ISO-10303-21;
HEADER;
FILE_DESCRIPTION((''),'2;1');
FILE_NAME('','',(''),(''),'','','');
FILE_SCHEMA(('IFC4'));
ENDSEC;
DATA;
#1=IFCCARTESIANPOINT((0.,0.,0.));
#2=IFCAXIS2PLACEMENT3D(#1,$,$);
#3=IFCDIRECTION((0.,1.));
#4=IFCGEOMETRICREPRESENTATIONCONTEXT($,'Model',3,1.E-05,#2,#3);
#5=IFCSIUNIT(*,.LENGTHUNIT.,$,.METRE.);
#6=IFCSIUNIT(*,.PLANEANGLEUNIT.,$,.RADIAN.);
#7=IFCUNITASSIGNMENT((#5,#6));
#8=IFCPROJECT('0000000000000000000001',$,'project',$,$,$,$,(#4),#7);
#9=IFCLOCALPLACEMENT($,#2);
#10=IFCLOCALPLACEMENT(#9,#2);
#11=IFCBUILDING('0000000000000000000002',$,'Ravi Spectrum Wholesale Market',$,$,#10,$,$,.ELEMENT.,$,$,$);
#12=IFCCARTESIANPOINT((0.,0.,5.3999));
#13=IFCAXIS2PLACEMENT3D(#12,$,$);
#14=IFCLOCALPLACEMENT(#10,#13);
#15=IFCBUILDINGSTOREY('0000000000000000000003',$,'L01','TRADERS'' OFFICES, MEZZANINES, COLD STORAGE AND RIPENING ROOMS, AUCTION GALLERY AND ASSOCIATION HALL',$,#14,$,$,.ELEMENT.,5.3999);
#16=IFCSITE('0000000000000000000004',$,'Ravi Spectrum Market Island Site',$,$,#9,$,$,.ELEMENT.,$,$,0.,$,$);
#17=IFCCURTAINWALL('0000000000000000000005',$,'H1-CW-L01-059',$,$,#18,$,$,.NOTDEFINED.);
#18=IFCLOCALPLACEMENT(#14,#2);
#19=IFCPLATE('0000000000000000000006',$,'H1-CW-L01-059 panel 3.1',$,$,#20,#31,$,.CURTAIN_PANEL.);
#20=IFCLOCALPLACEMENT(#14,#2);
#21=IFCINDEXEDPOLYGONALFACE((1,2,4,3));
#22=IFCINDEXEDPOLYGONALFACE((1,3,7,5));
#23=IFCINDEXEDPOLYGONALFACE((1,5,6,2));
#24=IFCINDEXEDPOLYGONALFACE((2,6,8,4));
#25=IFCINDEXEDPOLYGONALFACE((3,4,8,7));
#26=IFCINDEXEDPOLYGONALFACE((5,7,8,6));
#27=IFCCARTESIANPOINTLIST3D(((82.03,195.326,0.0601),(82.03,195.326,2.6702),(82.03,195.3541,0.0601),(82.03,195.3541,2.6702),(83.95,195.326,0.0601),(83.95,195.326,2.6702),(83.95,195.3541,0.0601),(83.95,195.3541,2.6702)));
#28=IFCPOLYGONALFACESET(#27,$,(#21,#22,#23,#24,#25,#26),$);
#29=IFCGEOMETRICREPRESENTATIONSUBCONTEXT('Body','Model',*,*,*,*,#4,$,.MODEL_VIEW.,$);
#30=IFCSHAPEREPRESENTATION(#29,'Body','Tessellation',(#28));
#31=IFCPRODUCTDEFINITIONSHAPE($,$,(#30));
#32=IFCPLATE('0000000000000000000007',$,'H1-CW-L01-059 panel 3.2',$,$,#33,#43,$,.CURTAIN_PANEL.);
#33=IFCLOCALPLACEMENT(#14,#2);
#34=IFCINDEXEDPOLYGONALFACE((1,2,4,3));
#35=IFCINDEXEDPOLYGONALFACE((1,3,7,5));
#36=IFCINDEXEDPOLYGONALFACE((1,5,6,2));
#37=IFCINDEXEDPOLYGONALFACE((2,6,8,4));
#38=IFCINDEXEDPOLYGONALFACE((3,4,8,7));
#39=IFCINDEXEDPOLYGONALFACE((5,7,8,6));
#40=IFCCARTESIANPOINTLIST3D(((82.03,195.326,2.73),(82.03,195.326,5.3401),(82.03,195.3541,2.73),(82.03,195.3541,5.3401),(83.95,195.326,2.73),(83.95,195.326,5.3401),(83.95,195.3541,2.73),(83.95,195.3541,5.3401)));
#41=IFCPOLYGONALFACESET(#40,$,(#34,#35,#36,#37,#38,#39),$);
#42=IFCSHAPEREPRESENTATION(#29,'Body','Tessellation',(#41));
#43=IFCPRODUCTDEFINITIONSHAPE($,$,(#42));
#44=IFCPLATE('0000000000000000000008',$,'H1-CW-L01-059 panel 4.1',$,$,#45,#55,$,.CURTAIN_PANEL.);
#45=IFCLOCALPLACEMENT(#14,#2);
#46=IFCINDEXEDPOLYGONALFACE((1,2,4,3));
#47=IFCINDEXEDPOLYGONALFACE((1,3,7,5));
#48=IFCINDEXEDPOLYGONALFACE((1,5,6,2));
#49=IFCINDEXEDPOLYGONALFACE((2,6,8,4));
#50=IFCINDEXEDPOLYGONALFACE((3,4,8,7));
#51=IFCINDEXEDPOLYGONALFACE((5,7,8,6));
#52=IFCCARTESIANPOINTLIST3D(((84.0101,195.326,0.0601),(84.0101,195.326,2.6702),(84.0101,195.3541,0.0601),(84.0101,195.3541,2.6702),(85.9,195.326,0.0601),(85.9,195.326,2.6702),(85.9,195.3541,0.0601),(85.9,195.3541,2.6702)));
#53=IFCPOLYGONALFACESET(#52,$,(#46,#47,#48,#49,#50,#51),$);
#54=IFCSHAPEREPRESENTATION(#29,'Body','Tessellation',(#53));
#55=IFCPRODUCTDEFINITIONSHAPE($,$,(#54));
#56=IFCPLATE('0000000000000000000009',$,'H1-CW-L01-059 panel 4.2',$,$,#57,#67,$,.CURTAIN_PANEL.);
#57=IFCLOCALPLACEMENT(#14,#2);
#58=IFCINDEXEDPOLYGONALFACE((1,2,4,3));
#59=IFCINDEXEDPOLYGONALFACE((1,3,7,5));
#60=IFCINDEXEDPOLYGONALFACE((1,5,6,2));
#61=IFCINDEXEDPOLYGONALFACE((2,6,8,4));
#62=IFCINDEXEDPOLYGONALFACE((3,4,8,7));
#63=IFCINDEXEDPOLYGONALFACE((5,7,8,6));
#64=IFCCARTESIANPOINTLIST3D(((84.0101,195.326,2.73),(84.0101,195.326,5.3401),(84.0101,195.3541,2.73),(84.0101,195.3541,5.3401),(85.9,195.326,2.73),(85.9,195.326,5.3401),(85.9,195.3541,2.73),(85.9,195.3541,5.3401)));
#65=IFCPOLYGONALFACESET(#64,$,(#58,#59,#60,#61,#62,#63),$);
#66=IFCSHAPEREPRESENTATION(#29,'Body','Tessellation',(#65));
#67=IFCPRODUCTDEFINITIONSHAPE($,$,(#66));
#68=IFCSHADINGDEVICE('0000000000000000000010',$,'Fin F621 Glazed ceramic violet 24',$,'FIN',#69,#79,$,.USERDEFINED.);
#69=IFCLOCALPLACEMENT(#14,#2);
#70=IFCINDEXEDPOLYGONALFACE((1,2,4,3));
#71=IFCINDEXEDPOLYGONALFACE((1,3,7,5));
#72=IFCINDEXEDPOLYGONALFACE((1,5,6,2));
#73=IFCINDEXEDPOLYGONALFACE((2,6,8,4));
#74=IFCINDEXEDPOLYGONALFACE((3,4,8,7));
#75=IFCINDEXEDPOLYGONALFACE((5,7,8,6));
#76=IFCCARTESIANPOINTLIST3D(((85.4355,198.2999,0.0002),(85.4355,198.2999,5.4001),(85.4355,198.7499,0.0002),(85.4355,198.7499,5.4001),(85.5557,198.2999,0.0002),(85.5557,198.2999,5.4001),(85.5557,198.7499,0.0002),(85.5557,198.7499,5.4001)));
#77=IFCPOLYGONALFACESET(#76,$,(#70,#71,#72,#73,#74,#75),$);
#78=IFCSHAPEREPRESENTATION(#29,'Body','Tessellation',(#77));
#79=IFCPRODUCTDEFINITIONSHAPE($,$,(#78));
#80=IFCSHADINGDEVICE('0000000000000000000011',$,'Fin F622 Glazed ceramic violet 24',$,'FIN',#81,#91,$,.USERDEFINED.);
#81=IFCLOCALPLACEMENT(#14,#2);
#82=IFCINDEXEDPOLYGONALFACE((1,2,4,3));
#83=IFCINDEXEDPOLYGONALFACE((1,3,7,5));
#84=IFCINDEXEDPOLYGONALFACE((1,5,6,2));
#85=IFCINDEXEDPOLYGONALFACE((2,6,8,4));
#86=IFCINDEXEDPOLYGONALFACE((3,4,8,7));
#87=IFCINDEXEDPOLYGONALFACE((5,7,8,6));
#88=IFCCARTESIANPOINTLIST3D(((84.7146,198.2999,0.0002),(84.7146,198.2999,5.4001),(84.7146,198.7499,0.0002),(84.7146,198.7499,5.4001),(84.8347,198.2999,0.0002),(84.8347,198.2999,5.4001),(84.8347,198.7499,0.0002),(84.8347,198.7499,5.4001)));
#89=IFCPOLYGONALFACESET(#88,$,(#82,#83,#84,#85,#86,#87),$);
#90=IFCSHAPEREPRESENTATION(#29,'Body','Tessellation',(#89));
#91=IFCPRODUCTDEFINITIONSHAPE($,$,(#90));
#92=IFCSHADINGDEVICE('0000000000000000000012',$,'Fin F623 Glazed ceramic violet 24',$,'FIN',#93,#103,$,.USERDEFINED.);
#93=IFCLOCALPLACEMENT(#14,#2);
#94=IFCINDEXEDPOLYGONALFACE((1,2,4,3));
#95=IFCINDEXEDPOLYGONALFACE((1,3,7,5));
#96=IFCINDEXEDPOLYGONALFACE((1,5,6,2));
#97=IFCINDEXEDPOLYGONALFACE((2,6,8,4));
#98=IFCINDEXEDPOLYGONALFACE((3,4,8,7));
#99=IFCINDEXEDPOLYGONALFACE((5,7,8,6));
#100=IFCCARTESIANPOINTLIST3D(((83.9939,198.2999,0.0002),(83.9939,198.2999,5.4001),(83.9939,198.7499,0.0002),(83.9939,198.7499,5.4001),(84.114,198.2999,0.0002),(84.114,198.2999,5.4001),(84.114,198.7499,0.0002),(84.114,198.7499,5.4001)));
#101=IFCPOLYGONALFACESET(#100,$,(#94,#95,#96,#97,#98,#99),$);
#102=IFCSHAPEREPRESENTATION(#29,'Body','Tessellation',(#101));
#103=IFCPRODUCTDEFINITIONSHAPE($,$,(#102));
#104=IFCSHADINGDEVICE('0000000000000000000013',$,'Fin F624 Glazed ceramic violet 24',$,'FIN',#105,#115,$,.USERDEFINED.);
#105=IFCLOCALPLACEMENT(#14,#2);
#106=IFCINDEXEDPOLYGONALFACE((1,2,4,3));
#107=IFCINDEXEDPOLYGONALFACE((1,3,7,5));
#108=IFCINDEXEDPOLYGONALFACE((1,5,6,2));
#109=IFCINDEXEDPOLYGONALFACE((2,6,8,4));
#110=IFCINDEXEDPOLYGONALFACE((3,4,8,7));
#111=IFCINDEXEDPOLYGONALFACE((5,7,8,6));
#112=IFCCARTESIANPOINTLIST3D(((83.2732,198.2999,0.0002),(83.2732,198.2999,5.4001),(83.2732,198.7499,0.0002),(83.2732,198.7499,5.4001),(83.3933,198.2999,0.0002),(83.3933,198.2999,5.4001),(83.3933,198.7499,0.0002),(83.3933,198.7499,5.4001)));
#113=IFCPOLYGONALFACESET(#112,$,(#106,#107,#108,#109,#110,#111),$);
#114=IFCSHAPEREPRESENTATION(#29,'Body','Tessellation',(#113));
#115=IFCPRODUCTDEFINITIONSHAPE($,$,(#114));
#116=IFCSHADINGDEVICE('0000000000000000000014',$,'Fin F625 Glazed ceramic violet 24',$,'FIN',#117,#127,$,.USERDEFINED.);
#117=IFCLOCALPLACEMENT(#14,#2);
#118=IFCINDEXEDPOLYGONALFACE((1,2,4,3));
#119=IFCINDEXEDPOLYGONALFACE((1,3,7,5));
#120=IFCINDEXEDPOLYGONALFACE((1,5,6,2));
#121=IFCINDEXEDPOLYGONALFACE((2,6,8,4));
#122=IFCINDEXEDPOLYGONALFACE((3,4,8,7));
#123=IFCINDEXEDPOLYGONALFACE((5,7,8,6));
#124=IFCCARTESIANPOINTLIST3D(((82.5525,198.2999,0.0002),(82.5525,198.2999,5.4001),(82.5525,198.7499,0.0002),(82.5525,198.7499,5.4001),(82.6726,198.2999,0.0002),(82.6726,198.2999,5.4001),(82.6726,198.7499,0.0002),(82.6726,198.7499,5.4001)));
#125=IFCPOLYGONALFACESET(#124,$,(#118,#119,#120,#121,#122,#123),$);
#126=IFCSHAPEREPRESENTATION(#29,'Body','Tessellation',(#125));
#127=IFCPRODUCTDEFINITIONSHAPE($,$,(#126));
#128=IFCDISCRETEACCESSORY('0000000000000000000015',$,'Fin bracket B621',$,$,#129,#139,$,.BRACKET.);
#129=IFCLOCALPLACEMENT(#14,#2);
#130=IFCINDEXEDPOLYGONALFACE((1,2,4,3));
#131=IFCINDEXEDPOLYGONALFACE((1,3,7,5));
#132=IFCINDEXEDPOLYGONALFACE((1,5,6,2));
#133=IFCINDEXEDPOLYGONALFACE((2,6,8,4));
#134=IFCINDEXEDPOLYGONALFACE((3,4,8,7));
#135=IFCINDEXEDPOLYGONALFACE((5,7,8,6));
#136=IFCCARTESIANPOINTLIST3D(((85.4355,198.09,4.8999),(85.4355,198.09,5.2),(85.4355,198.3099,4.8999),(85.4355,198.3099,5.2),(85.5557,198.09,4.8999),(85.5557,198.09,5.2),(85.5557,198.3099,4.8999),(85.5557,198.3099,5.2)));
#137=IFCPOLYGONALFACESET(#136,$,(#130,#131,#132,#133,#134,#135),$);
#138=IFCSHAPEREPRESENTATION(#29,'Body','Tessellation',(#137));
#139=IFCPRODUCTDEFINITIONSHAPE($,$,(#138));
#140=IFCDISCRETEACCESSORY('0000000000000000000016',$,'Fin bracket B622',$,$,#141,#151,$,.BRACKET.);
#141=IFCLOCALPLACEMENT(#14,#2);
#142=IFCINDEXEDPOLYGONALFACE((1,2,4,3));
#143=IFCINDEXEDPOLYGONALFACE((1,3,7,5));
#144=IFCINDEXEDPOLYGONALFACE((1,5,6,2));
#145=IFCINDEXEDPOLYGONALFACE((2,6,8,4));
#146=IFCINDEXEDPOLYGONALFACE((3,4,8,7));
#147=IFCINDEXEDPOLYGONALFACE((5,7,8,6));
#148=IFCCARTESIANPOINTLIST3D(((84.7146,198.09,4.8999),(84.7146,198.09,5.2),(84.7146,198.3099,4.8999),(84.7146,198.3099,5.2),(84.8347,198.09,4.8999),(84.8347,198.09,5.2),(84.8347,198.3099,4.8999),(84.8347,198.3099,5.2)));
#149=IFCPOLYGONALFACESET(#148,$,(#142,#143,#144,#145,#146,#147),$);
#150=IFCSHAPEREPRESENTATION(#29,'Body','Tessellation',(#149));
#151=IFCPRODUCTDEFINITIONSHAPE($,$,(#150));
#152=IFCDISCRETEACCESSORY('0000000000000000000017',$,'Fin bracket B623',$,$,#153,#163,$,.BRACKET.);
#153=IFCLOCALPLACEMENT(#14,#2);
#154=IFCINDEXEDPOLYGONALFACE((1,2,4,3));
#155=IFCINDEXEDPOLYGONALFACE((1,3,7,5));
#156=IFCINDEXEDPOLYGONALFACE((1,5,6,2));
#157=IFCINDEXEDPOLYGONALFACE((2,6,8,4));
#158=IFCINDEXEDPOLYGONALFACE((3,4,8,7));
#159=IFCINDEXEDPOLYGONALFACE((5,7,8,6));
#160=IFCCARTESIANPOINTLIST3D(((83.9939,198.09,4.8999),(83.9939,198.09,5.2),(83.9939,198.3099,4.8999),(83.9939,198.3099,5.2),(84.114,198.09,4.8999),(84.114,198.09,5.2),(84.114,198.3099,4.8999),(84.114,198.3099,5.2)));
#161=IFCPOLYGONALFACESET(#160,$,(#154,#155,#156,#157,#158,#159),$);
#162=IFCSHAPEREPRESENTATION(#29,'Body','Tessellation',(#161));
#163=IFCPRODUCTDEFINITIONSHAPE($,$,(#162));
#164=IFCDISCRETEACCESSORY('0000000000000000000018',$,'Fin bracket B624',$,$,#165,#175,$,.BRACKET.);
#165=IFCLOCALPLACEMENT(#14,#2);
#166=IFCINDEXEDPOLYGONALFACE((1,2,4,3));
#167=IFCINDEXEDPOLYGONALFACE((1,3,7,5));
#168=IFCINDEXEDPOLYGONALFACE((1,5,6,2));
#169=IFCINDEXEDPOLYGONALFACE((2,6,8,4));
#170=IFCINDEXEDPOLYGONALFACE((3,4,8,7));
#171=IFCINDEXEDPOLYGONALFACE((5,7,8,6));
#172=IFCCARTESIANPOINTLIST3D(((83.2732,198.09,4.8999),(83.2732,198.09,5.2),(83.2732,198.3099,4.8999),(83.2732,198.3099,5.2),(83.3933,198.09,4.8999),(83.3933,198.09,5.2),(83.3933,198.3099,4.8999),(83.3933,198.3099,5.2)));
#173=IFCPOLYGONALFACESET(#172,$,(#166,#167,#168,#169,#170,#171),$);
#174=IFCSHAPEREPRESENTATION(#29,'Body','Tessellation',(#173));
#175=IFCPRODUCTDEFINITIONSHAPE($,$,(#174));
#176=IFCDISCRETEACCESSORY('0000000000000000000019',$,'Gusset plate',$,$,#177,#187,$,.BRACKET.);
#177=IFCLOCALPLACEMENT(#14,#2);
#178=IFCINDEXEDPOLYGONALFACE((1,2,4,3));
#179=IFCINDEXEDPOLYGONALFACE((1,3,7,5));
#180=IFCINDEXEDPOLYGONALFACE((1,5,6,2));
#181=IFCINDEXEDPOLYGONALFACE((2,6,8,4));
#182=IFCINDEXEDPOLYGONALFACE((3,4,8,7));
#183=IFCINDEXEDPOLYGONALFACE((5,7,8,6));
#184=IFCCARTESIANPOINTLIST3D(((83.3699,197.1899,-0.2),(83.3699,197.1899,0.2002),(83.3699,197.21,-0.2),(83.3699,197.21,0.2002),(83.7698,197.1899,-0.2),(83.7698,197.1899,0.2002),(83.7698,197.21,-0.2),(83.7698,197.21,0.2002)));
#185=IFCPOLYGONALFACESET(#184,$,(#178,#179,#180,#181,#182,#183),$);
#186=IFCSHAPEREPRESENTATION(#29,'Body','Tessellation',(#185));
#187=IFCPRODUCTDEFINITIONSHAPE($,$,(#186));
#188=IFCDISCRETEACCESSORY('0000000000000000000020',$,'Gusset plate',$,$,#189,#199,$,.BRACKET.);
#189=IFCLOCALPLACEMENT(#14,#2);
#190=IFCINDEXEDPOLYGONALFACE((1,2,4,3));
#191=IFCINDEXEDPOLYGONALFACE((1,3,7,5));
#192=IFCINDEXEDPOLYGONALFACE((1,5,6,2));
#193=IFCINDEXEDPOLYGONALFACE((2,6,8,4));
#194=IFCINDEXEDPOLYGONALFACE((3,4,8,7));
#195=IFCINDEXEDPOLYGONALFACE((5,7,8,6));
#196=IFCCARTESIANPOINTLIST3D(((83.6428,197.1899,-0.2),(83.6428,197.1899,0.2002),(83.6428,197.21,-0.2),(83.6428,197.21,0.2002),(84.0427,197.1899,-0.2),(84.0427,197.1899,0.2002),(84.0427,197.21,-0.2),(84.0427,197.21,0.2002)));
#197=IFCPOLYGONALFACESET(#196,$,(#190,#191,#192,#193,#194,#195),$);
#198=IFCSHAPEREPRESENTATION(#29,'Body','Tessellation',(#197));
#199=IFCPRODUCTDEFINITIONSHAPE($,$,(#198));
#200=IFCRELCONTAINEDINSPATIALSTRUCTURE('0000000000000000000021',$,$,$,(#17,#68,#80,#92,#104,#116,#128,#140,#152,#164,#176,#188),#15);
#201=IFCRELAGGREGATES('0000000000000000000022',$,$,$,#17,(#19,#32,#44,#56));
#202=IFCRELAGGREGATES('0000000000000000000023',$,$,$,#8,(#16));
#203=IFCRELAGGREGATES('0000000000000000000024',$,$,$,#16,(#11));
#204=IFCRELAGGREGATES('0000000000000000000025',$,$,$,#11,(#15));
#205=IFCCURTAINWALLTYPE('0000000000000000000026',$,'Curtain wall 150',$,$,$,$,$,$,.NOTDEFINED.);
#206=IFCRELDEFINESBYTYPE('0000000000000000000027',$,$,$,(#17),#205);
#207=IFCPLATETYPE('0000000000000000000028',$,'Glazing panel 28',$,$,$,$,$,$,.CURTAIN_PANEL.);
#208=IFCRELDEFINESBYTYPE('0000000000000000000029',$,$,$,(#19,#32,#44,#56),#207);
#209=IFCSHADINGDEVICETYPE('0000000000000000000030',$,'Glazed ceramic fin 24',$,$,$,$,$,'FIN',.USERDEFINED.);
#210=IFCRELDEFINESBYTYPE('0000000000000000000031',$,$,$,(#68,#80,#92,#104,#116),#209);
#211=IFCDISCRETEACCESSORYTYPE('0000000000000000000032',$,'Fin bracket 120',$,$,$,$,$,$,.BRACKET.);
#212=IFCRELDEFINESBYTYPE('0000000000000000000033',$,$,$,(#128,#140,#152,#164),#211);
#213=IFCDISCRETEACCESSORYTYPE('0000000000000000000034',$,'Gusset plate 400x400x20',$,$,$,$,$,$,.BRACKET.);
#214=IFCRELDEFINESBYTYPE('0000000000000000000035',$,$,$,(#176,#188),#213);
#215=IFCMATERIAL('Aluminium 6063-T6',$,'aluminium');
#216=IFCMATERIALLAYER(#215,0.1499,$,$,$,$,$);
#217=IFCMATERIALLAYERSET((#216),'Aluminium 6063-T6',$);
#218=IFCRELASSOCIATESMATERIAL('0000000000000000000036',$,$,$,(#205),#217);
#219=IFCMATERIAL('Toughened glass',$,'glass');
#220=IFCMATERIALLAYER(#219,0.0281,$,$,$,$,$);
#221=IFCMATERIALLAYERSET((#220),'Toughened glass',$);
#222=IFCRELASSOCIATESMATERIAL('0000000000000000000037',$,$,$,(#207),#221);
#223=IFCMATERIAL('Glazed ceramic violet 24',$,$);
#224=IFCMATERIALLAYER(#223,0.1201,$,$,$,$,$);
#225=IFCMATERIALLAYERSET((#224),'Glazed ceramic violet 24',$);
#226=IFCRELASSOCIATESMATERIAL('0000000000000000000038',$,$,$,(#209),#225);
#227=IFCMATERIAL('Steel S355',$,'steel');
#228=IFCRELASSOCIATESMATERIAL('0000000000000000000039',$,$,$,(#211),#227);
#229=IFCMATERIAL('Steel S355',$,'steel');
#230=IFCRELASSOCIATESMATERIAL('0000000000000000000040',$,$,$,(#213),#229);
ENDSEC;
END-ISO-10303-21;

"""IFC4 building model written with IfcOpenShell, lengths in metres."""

from ifc_helpers import new_model, si_unit, direction, frame, origin, origin_2d, place, context, subcontext, project, spatial, rectangle, extrude, material, layer, layer_set, material_profile, profile_set, type_object, element, aggregate, save


model = new_model("IFC4")

# Units and contexts
model_context = context("Model", 3, precision=1e-05, world=origin(), true_north=direction((0.0, 1.0)))
body_context = subcontext(model_context, "Body", "Model", "MODEL_VIEW")
ifc_project = project(units=[si_unit("LENGTHUNIT", "METRE"), si_unit("PLANEANGLEUNIT", "RADIAN")], contexts=[model_context])

# Site, building, storey
site_placement = place(None, origin())
site = spatial("IfcSite", under=ifc_project, at=site_placement, Name="Ravi Spectrum Market Island Site", CompositionType="ELEMENT", RefElevation=0.0)
building_placement = place(site_placement, origin())
building = spatial("IfcBuilding", under=site, at=building_placement, Name="Ravi Spectrum Wholesale Market", CompositionType="ELEMENT")
storey_placement = place(building_placement, frame((0.0, 0.0, 5.3999)))
storey = spatial("IfcBuildingStorey", under=building, at=storey_placement, Name="L01", Description="TRADERS' OFFICES, MEZZANINES, COLD STORAGE AND RIPENING ROOMS, AUCTION GALLERY AND ASSOCIATION HALL", CompositionType="ELEMENT", Elevation=5.3999)

# Curtain wall
ifc_material_1 = material(Name="Aluminium 6063-T6", Category="aluminium")
ifc_layer_1 = layer(ifc_material_1, 0.1499)
ifc_layer_set_1 = layer_set([ifc_layer_1], Name="Aluminium 6063-T6")
curtain_wall_type = type_object("IfcCurtainWallType", Name="Curtain wall 150", PredefinedType="NOTDEFINED", material=ifc_layer_set_1)
curtain_wall_placement = place(storey_placement, origin())
curtain_wall = element("IfcCurtainWall", 1, at=curtain_wall_placement, inside=storey, type_object=curtain_wall_type, Name="H1-CW-L01-059", PredefinedType="NOTDEFINED")

# Plates
ifc_material_2 = material(Name="Toughened glass", Category="glass")
ifc_layer_2 = layer(ifc_material_2, 0.0281)
ifc_layer_set_2 = layer_set([ifc_layer_2], Name="Toughened glass")
plate_type = type_object("IfcPlateType", Name="Glazing panel 28", PredefinedType="CURTAIN_PANEL", material=ifc_layer_set_2)
plate_1_placement = place(storey_placement, frame((82.99, 195.3401, 0.0601), z_axis=(0.0, 0.0, 1.0), x_axis=(1.0, 0.0, 0.0)))
plate_1 = element("IfcPlate", 2, at=plate_1_placement, type_object=plate_type, Name="H1-CW-L01-059 panel 3.1", PredefinedType="CURTAIN_PANEL", context=body_context, shape_type="SweptSolid", body=[
    extrude(rectangle(XDim=1.9199, YDim=0.0281, at=origin_2d()), origin(), (0.0, 0.0, 1.0), 2.6101),
])
plate_2_placement = place(storey_placement, frame((82.99, 195.3401, 2.73), z_axis=(0.0, 0.0, 1.0), x_axis=(1.0, 0.0, 0.0)))
plate_2 = element("IfcPlate", 3, at=plate_2_placement, type_object=plate_type, Name="H1-CW-L01-059 panel 3.2", PredefinedType="CURTAIN_PANEL", context=body_context, shape_type="SweptSolid", body=[
    extrude(rectangle(XDim=1.9199, YDim=0.0281, at=origin_2d()), origin(), (0.0, 0.0, 1.0), 2.6101),
])
plate_3_placement = place(storey_placement, frame((84.9551, 195.3401, 0.0601), z_axis=(0.0, 0.0, 1.0), x_axis=(1.0, 0.0, 0.0)))
plate_3 = element("IfcPlate", 4, at=plate_3_placement, type_object=plate_type, Name="H1-CW-L01-059 panel 4.1", PredefinedType="CURTAIN_PANEL", context=body_context, shape_type="SweptSolid", body=[
    extrude(rectangle(XDim=1.8899, YDim=0.0281, at=origin_2d()), origin(), (0.0, 0.0, 1.0), 2.6101),
])
plate_4_placement = place(storey_placement, frame((84.9551, 195.3401, 2.73), z_axis=(0.0, 0.0, 1.0), x_axis=(1.0, 0.0, 0.0)))
plate_4 = element("IfcPlate", 5, at=plate_4_placement, type_object=plate_type, Name="H1-CW-L01-059 panel 4.2", PredefinedType="CURTAIN_PANEL", context=body_context, shape_type="SweptSolid", body=[
    extrude(rectangle(XDim=1.8899, YDim=0.0281, at=origin_2d()), origin(), (0.0, 0.0, 1.0), 2.6101),
])
aggregate(curtain_wall, [plate_1, plate_2, plate_3, plate_4])

# Shading devices
ifc_material_3 = material(Name="Glazed ceramic violet 24")
ifc_layer_3 = layer(ifc_material_3, 0.1201)
ifc_layer_set_3 = layer_set([ifc_layer_3], Name="Glazed ceramic violet 24")
shading_device_type = type_object("IfcShadingDeviceType", Name="Glazed ceramic fin 24", ElementType="FIN", PredefinedType="USERDEFINED", material=ifc_layer_set_3)
for number, where, z_axis, x_axis, name in (
    (6, (85.4956, 198.5249, 0.0002), (0.0, 0.0, 1.0), (-1.0, 0.0, 0.0), "Fin F621 Glazed ceramic violet 24"),
    (7, (84.7747, 198.5249, 0.0002), (0.0, 0.0, 1.0), (-1.0, 0.0, 0.0), "Fin F622 Glazed ceramic violet 24"),
    (8, (84.054, 198.5249, 0.0002), (0.0, 0.0, 1.0), (-1.0, 0.0, 0.0), "Fin F623 Glazed ceramic violet 24"),
    (9, (83.3333, 198.5249, 0.0002), (0.0, 0.0, 1.0), (-1.0, 0.0, 0.0), "Fin F624 Glazed ceramic violet 24"),
    (10, (82.6125, 198.5249, 0.0002), (0.0, 0.0, 1.0), (-1.0, 0.0, 0.0), "Fin F625 Glazed ceramic violet 24"),
):
    element("IfcShadingDevice", number, at=place(storey_placement, frame(where, z_axis=z_axis, x_axis=x_axis)), inside=storey, type_object=shading_device_type, Name=name, ObjectType="FIN", PredefinedType="USERDEFINED", context=body_context, shape_type="SweptSolid", body=[
        extrude(rectangle(XDim=0.1201, YDim=0.45, at=origin_2d()), origin(), (0.0, 0.0, 1.0), 5.3999),
    ])

# Discrete accessories
ifc_material_4 = material(Name="Steel S355", Category="steel")
discrete_accessory_type_1 = type_object("IfcDiscreteAccessoryType", Name="Fin bracket 120", PredefinedType="BRACKET", material=ifc_material_4)
for number, where, z_axis, x_axis, name in (
    (11, (85.4956, 198.2, 4.8999), (0.0, 0.0, 1.0), (-1.0, 0.0, 0.0), "Fin bracket B621"),
    (12, (84.7747, 198.2, 4.8999), (0.0, 0.0, 1.0), (-1.0, 0.0, 0.0), "Fin bracket B622"),
    (13, (84.054, 198.2, 4.8999), (0.0, 0.0, 1.0), (-1.0, 0.0, 0.0), "Fin bracket B623"),
    (14, (83.3333, 198.2, 4.8999), (0.0, 0.0, 1.0), (-1.0, 0.0, 0.0), "Fin bracket B624"),
):
    element("IfcDiscreteAccessory", number, at=place(storey_placement, frame(where, z_axis=z_axis, x_axis=x_axis)), inside=storey, type_object=discrete_accessory_type_1, Name=name, PredefinedType="BRACKET", context=body_context, shape_type="SweptSolid", body=[
        extrude(rectangle(XDim=0.1201, YDim=0.22, at=origin_2d()), origin(), (0.0, 0.0, 1.0), 0.3),
    ])
ifc_material_5 = material(Name="Steel S355", Category="steel")
ifc_material_profile_1 = material_profile(ifc_material_5, rectangle(XDim=0.3999, YDim=0.02, at=origin_2d()))
ifc_profile_set_1 = profile_set([ifc_material_profile_1], Name="Steel S355")
discrete_accessory_type_2 = type_object("IfcDiscreteAccessoryType", Name="Gusset plate 400x400x20", PredefinedType="BRACKET", material=ifc_profile_set_1)
for number, where, z_axis, x_axis, name in (
    (15, (83.5698, 197.2, -0.2), (0.0, 0.0, 1.0), (1.0, 0.0, 0.0), "Gusset plate"),
    (16, (83.8428, 197.2, -0.2), (0.0, 0.0, 1.0), (1.0, 0.0, 0.0), "Gusset plate"),
):
    element("IfcDiscreteAccessory", number, at=place(storey_placement, frame(where, z_axis=z_axis, x_axis=x_axis)), inside=storey, type_object=discrete_accessory_type_2, Name=name, PredefinedType="BRACKET", context=body_context, shape_type="SweptSolid", body=[
        extrude(rectangle(XDim=0.3999, YDim=0.02, at=origin_2d()), origin(), (0.0, 0.0, 1.0), 0.4001),
    ])

save(model, "model.ifc")
